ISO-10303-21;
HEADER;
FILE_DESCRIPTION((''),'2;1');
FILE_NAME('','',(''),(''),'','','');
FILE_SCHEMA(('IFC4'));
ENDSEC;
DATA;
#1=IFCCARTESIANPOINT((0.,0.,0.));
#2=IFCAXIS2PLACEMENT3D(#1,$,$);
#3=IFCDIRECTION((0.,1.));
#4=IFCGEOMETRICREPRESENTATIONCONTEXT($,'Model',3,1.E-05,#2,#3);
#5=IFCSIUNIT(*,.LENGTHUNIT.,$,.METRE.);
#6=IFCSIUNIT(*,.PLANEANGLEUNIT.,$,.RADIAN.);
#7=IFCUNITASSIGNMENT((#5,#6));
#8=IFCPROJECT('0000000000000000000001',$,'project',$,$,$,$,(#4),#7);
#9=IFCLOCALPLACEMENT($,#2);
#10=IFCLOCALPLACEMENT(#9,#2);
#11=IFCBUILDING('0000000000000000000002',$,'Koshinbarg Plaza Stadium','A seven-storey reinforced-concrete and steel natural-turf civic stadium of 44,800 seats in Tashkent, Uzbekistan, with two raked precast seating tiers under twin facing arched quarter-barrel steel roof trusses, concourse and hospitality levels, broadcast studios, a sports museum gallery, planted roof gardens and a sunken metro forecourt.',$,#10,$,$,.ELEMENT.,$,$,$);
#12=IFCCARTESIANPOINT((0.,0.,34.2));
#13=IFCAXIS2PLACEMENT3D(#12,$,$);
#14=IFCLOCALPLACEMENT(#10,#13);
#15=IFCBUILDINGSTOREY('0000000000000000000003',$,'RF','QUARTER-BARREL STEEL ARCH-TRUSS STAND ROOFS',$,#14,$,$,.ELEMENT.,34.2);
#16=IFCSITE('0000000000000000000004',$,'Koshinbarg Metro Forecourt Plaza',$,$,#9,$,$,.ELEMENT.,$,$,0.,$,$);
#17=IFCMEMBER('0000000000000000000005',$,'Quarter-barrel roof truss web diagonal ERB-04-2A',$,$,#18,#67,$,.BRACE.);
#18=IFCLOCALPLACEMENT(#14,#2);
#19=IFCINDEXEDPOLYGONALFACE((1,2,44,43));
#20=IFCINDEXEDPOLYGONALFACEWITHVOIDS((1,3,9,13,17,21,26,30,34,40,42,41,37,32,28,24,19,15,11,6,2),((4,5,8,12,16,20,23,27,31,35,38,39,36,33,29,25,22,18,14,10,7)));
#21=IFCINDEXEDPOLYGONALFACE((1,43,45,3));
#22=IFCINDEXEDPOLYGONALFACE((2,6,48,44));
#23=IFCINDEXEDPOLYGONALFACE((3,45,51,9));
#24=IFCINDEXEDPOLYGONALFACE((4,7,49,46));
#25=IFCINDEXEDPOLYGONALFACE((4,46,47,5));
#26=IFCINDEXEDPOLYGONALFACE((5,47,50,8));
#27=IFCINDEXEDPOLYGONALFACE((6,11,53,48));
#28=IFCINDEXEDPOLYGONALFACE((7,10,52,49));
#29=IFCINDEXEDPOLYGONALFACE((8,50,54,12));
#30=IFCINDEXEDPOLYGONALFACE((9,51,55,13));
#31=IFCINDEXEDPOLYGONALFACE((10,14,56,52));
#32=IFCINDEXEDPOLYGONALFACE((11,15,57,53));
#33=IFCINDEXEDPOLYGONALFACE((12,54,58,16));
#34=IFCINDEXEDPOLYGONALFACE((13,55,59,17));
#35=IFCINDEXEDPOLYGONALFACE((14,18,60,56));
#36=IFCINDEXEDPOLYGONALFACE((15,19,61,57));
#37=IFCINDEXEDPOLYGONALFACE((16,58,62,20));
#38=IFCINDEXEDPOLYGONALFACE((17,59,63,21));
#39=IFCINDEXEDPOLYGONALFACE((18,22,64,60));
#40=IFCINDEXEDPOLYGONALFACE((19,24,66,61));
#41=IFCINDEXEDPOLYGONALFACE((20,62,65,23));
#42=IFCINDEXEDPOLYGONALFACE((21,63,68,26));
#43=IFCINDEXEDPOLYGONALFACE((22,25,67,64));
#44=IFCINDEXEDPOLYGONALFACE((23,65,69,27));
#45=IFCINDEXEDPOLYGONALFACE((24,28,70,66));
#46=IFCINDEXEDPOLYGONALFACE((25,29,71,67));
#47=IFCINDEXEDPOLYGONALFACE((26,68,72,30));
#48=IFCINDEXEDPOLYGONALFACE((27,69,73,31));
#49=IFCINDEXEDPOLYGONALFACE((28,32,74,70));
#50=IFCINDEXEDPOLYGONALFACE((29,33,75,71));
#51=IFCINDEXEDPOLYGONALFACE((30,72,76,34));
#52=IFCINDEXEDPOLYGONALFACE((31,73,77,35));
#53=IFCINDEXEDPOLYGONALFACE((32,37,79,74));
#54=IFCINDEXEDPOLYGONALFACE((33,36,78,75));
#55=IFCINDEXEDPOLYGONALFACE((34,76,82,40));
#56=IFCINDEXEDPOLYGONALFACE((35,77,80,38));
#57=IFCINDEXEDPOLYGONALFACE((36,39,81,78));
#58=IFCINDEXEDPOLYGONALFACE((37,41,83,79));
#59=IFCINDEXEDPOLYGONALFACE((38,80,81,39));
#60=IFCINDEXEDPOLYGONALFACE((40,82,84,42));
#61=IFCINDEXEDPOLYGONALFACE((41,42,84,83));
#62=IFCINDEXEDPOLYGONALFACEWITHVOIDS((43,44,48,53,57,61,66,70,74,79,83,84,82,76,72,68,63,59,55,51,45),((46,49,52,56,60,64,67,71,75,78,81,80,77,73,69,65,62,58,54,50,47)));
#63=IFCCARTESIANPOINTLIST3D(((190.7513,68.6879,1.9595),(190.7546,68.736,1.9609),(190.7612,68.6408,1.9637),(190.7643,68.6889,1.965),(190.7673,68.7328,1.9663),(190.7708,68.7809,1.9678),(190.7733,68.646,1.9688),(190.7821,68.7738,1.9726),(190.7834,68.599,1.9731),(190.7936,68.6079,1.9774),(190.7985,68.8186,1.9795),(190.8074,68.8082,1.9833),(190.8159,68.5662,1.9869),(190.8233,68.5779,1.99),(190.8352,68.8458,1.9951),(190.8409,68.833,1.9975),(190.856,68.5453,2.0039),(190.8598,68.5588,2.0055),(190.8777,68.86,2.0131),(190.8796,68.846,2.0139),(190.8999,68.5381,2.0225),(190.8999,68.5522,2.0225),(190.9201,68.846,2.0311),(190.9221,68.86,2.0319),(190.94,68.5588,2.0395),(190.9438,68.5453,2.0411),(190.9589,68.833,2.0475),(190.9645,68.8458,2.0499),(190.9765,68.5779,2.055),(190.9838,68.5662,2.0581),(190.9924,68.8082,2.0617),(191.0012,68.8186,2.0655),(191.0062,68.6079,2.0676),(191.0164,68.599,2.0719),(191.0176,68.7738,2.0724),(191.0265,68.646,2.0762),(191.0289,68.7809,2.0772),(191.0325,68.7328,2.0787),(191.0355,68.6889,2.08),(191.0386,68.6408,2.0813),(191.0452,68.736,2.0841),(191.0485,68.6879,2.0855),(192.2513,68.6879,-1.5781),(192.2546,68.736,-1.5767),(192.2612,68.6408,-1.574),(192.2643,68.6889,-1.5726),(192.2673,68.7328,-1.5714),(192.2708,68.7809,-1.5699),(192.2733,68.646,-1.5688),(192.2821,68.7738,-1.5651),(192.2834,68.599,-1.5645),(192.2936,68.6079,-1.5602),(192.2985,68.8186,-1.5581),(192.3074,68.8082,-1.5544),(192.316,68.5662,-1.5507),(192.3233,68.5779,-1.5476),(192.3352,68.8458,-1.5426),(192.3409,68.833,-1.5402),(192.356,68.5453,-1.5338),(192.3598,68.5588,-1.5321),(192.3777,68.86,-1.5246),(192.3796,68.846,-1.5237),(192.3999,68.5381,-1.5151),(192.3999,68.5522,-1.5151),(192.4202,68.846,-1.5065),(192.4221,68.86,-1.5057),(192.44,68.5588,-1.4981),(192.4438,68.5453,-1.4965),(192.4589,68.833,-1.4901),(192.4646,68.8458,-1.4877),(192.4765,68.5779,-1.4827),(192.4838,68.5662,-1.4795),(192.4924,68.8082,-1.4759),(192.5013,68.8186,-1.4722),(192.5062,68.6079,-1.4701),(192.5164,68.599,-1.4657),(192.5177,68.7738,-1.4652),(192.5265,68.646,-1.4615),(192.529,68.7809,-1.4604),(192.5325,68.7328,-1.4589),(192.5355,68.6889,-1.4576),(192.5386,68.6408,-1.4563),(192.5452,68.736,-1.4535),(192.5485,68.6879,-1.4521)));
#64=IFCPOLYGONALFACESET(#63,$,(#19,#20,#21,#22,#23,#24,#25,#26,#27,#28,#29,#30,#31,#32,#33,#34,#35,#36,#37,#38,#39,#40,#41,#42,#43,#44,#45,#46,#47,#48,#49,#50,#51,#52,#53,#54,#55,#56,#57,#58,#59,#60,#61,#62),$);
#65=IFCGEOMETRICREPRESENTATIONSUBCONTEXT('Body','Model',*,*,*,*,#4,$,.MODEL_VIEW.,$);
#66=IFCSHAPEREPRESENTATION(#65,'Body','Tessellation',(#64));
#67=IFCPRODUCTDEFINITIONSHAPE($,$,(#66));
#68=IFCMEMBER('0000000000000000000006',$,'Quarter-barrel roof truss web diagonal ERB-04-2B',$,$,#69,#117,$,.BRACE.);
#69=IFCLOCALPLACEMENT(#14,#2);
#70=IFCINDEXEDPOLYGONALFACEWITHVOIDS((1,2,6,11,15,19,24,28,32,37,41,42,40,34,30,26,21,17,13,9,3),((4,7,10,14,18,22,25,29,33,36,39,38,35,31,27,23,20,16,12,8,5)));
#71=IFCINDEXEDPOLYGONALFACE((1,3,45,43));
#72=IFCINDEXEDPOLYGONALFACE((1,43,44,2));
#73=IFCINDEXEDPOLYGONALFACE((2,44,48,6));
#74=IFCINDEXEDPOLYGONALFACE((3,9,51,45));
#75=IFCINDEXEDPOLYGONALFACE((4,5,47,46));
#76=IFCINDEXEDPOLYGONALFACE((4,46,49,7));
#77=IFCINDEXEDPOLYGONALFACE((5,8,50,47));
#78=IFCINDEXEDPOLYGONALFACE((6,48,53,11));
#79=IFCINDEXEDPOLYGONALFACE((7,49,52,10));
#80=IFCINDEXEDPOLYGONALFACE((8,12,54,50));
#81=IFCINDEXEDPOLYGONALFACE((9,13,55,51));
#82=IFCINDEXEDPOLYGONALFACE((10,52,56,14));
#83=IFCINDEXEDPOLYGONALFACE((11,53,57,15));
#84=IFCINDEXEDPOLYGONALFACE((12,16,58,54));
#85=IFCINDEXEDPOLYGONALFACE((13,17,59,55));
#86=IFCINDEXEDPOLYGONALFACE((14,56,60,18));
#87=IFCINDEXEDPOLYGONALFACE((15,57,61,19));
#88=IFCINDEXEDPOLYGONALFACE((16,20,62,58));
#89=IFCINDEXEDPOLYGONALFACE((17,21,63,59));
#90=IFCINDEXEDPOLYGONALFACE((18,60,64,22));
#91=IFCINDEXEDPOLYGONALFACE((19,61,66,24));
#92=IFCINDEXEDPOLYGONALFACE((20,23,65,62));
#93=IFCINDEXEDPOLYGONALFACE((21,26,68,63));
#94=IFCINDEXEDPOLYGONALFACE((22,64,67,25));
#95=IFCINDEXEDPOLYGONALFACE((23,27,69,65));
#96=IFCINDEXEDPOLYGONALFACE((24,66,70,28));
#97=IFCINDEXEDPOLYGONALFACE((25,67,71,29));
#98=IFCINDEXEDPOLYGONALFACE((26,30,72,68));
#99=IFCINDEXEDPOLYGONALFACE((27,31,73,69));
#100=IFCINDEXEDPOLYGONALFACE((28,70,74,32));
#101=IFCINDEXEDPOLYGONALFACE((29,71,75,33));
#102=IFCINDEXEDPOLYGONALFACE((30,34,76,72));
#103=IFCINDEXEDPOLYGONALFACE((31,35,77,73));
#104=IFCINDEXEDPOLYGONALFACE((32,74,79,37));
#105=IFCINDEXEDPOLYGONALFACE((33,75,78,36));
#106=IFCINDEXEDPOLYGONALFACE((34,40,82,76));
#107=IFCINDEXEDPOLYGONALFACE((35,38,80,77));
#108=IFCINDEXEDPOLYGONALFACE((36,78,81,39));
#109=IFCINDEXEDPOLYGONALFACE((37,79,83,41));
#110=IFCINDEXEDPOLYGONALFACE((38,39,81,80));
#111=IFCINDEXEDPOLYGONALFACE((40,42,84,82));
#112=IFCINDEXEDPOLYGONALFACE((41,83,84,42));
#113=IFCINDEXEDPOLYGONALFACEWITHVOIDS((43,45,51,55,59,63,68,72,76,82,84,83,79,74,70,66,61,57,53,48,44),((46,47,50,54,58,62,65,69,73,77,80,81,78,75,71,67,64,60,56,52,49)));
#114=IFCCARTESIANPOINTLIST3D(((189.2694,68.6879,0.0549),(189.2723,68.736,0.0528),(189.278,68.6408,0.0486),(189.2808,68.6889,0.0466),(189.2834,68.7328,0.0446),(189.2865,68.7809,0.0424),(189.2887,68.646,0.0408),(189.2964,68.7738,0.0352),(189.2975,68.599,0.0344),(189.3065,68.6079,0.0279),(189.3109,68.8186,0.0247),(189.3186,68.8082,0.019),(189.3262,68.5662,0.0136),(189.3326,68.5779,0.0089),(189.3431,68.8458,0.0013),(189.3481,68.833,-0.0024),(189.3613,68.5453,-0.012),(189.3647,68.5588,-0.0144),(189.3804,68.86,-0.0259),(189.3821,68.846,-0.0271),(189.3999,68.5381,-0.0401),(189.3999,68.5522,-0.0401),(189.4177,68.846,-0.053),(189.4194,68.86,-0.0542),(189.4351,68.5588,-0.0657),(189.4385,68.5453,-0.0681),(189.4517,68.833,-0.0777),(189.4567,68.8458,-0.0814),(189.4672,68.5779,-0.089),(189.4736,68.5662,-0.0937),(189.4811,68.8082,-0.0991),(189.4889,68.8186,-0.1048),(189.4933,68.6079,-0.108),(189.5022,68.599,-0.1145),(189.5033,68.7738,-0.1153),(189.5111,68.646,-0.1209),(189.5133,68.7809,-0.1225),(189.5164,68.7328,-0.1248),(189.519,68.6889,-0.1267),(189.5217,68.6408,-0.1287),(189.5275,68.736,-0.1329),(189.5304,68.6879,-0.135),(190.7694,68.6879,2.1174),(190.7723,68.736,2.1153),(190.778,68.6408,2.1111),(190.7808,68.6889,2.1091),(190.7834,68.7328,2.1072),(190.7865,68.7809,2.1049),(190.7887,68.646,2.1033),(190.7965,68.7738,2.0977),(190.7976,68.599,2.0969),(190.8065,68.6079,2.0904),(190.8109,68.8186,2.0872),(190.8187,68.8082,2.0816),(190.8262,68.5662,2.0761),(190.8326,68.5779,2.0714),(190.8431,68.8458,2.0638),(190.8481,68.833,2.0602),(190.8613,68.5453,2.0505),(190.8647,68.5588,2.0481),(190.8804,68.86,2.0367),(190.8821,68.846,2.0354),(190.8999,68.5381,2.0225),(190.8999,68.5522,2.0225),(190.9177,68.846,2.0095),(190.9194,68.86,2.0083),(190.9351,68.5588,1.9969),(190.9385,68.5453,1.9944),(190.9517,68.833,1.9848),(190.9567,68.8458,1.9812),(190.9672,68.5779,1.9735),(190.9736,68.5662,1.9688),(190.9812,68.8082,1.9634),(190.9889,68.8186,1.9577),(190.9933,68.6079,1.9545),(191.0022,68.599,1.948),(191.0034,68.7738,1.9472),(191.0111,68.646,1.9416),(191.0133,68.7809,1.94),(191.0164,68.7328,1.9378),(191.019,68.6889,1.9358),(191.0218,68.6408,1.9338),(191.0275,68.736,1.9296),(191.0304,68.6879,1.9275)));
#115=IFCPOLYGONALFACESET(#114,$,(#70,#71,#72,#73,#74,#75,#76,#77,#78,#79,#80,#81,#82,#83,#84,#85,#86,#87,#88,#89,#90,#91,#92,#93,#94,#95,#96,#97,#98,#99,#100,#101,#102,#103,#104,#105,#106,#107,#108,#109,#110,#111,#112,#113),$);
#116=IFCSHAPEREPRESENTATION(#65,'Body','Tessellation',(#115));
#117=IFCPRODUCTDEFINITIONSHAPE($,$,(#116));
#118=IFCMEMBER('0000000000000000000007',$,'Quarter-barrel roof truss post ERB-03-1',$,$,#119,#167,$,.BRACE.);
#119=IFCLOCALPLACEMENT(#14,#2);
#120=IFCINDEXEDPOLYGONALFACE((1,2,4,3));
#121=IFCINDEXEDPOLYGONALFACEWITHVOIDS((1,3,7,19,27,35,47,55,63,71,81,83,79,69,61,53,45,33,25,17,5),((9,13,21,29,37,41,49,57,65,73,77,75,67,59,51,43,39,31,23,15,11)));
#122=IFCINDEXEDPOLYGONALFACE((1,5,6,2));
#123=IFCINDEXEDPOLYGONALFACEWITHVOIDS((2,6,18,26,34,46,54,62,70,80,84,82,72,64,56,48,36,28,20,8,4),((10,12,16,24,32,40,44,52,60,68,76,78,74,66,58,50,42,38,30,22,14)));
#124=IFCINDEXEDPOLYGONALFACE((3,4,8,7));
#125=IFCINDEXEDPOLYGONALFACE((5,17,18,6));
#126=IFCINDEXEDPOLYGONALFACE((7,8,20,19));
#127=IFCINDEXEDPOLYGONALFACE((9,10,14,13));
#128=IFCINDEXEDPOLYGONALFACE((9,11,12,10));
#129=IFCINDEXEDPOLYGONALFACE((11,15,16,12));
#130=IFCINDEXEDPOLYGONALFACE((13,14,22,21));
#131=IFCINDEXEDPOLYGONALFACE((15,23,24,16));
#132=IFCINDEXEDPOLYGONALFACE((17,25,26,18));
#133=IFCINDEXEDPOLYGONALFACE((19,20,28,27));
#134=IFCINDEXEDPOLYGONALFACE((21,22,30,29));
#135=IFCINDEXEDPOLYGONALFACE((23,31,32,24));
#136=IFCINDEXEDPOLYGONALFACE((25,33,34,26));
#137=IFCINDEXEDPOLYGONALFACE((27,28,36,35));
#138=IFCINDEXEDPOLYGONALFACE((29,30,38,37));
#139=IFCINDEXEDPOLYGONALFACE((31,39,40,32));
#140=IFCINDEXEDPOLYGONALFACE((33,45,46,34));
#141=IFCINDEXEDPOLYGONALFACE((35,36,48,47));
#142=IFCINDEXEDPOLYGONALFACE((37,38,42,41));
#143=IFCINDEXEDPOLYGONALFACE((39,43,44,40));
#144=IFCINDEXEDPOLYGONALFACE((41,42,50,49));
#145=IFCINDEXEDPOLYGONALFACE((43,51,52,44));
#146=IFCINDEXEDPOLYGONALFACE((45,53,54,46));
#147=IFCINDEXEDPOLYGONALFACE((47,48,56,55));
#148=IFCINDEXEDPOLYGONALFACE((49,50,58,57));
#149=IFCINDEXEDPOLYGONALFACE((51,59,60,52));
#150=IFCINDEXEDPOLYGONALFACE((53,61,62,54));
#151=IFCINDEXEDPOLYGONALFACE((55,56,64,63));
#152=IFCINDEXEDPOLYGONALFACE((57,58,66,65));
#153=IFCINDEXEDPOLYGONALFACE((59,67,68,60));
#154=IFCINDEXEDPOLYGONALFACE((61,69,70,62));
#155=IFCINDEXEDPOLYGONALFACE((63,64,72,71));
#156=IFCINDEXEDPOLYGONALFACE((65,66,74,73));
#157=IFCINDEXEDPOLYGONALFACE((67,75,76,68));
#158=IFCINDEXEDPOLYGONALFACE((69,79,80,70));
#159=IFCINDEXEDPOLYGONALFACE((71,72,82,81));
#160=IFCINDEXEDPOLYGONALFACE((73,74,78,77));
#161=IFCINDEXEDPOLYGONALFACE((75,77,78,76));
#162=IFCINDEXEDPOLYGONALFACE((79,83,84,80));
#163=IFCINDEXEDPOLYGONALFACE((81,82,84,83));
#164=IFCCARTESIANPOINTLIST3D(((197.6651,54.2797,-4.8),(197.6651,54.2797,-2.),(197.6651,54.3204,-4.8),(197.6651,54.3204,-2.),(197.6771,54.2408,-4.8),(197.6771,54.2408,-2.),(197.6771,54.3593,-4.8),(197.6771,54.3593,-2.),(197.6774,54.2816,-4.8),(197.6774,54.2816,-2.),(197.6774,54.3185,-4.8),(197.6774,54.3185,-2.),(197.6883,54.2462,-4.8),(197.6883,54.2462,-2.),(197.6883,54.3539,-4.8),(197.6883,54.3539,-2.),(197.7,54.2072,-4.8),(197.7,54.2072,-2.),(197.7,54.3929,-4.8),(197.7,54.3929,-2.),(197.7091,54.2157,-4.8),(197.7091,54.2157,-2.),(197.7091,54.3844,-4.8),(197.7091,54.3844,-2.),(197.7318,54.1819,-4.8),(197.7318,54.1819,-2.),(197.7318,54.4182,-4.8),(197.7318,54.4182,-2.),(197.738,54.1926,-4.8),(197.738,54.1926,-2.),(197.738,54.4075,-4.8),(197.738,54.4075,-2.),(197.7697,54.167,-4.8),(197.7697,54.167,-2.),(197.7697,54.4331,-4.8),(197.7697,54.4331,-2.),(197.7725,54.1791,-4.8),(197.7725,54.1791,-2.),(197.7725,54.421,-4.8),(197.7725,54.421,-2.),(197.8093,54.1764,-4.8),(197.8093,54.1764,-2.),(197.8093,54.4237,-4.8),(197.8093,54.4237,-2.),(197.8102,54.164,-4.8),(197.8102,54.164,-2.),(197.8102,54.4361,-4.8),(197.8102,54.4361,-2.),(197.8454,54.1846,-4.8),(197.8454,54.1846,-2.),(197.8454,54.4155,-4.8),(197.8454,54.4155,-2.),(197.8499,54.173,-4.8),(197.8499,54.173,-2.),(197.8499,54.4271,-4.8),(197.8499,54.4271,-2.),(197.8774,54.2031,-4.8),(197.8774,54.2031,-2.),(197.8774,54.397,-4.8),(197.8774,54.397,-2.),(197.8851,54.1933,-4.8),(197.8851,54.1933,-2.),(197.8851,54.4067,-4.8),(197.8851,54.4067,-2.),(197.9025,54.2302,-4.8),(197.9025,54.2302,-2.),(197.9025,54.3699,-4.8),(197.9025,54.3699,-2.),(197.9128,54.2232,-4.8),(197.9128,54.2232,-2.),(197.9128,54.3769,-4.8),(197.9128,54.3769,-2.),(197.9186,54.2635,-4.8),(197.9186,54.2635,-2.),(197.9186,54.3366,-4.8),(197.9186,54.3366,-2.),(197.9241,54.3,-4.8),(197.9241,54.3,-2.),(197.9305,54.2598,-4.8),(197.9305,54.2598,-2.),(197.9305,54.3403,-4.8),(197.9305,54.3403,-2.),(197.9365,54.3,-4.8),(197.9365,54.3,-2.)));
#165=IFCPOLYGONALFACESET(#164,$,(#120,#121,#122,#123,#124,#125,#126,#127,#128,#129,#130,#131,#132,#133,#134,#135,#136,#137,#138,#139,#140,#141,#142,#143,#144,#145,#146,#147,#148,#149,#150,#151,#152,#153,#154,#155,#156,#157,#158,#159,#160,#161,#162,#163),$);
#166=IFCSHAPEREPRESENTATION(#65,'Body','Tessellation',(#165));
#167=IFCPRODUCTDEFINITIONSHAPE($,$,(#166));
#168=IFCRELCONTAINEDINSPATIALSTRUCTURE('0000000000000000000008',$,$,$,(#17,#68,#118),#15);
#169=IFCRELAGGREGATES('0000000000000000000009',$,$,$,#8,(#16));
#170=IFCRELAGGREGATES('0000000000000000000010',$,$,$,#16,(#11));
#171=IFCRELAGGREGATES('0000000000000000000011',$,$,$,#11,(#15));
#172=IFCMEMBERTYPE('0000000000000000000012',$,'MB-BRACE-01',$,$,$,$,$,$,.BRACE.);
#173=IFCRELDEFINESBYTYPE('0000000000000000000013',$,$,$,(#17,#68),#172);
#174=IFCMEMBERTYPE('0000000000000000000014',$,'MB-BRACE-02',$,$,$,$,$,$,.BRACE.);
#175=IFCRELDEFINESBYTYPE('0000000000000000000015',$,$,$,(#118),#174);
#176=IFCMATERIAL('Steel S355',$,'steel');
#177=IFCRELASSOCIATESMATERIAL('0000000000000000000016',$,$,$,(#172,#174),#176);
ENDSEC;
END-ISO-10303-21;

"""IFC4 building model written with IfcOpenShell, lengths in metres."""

from ifc_helpers import new_model, si_unit, direction, frame, origin, origin_2d, place, context, subcontext, project, spatial, hollow_circle, extrude, material, material_profile, profile_set, type_object, element, save


model = new_model("IFC4")

# Units and contexts
model_context = context("Model", 3, precision=1e-05, world=origin(), true_north=direction((0.0, 1.0)))
body_context = subcontext(model_context, "Body", "Model", "MODEL_VIEW")
ifc_project = project(units=[si_unit("LENGTHUNIT", "METRE"), si_unit("PLANEANGLEUNIT", "RADIAN")], contexts=[model_context])

# Site, building, storey
site_placement = place(None, origin())
site = spatial("IfcSite", under=ifc_project, at=site_placement, Name="Koshinbarg Metro Forecourt Plaza", CompositionType="ELEMENT", RefElevation=0.0)
building_placement = place(site_placement, origin())
building = spatial("IfcBuilding", under=site, at=building_placement, Name="Koshinbarg Plaza Stadium", Description="A seven-storey reinforced-concrete and steel natural-turf civic stadium of 44,800 seats in Tashkent, Uzbekistan, with two raked precast seating tiers under twin facing arched quarter-barrel steel roof trusses, concourse and hospitality levels, broadcast studios, a sports museum gallery, planted roof gardens and a sunken metro forecourt.", CompositionType="ELEMENT")
storey_placement = place(building_placement, frame((0.0, 0.0, 34.2)))
storey = spatial("IfcBuildingStorey", under=building, at=storey_placement, Name="RF", Description="QUARTER-BARREL STEEL ARCH-TRUSS STAND ROOFS", CompositionType="ELEMENT", Elevation=34.2)

# Members
ifc_material_1 = material(Name="Steel S355", Category="steel")
ifc_material_profile_1 = material_profile(ifc_material_1, hollow_circle(Radius=0.1619, WallThickness=0.0142, at=origin_2d()), Name="CHS 323.9x14.2")
ifc_profile_set_1 = profile_set([ifc_material_profile_1], Name="Steel S355")
member_type_1 = type_object("IfcMemberType", Name="MB-BRACE-01", PredefinedType="BRACE", material=ifc_profile_set_1)
member_1_placement = place(storey_placement, frame((192.3999, 68.7, -1.5151), z_axis=(-0.390374, 0.0, 0.920657), x_axis=(0.0, -1.0, 0.0)))
element("IfcMember", 1, at=member_1_placement, inside=storey, type_object=member_type_1, Name="Quarter-barrel roof truss web diagonal ERB-04-2A", PredefinedType="BRACE", context=body_context, shape_type="SweptSolid", body=[
    extrude(hollow_circle(Radius=0.1619, WallThickness=0.0142, at=origin_2d()), origin(), (0.0, 0.0, 1.0), 3.8425),
])
member_2_placement = place(storey_placement, frame((190.8999, 68.7, 2.0225), z_axis=(-0.588172, 0.0, -0.808736), x_axis=(0.0, -1.0, 0.0)))
element("IfcMember", 2, at=member_2_placement, inside=storey, type_object=member_type_1, Name="Quarter-barrel roof truss web diagonal ERB-04-2B", PredefinedType="BRACE", context=body_context, shape_type="SweptSolid", body=[
    extrude(hollow_circle(Radius=0.1619, WallThickness=0.0142, at=origin_2d()), origin(), (0.0, 0.0, 1.0), 2.5503),
])
ifc_material_profile_2 = material_profile(ifc_material_1, hollow_circle(Radius=0.1365, WallThickness=0.0125, at=origin_2d()), Name="CHS 273x12.5")
ifc_profile_set_2 = profile_set([ifc_material_profile_2], Name="Steel S355")
member_type_2 = type_object("IfcMemberType", Name="MB-BRACE-02", PredefinedType="BRACE", material=ifc_profile_set_2)
for number, where, z_axis, x_axis, name in (
    (3, (197.8, 54.3, -4.8), (0.0, 0.0, 1.0), (1.0, 0.0, 0.0), "Quarter-barrel roof truss post ERB-03-1"),
):
    element("IfcMember", number, at=place(storey_placement, frame(where, z_axis=z_axis, x_axis=x_axis)), inside=storey, type_object=member_type_2, Name=name, PredefinedType="BRACE", context=body_context, shape_type="SweptSolid", body=[
        extrude(hollow_circle(Radius=0.1365, WallThickness=0.0125, at=origin_2d()), origin(), (0.0, 0.0, 1.0), 2.8),
    ])

save(model, "model.ifc")
